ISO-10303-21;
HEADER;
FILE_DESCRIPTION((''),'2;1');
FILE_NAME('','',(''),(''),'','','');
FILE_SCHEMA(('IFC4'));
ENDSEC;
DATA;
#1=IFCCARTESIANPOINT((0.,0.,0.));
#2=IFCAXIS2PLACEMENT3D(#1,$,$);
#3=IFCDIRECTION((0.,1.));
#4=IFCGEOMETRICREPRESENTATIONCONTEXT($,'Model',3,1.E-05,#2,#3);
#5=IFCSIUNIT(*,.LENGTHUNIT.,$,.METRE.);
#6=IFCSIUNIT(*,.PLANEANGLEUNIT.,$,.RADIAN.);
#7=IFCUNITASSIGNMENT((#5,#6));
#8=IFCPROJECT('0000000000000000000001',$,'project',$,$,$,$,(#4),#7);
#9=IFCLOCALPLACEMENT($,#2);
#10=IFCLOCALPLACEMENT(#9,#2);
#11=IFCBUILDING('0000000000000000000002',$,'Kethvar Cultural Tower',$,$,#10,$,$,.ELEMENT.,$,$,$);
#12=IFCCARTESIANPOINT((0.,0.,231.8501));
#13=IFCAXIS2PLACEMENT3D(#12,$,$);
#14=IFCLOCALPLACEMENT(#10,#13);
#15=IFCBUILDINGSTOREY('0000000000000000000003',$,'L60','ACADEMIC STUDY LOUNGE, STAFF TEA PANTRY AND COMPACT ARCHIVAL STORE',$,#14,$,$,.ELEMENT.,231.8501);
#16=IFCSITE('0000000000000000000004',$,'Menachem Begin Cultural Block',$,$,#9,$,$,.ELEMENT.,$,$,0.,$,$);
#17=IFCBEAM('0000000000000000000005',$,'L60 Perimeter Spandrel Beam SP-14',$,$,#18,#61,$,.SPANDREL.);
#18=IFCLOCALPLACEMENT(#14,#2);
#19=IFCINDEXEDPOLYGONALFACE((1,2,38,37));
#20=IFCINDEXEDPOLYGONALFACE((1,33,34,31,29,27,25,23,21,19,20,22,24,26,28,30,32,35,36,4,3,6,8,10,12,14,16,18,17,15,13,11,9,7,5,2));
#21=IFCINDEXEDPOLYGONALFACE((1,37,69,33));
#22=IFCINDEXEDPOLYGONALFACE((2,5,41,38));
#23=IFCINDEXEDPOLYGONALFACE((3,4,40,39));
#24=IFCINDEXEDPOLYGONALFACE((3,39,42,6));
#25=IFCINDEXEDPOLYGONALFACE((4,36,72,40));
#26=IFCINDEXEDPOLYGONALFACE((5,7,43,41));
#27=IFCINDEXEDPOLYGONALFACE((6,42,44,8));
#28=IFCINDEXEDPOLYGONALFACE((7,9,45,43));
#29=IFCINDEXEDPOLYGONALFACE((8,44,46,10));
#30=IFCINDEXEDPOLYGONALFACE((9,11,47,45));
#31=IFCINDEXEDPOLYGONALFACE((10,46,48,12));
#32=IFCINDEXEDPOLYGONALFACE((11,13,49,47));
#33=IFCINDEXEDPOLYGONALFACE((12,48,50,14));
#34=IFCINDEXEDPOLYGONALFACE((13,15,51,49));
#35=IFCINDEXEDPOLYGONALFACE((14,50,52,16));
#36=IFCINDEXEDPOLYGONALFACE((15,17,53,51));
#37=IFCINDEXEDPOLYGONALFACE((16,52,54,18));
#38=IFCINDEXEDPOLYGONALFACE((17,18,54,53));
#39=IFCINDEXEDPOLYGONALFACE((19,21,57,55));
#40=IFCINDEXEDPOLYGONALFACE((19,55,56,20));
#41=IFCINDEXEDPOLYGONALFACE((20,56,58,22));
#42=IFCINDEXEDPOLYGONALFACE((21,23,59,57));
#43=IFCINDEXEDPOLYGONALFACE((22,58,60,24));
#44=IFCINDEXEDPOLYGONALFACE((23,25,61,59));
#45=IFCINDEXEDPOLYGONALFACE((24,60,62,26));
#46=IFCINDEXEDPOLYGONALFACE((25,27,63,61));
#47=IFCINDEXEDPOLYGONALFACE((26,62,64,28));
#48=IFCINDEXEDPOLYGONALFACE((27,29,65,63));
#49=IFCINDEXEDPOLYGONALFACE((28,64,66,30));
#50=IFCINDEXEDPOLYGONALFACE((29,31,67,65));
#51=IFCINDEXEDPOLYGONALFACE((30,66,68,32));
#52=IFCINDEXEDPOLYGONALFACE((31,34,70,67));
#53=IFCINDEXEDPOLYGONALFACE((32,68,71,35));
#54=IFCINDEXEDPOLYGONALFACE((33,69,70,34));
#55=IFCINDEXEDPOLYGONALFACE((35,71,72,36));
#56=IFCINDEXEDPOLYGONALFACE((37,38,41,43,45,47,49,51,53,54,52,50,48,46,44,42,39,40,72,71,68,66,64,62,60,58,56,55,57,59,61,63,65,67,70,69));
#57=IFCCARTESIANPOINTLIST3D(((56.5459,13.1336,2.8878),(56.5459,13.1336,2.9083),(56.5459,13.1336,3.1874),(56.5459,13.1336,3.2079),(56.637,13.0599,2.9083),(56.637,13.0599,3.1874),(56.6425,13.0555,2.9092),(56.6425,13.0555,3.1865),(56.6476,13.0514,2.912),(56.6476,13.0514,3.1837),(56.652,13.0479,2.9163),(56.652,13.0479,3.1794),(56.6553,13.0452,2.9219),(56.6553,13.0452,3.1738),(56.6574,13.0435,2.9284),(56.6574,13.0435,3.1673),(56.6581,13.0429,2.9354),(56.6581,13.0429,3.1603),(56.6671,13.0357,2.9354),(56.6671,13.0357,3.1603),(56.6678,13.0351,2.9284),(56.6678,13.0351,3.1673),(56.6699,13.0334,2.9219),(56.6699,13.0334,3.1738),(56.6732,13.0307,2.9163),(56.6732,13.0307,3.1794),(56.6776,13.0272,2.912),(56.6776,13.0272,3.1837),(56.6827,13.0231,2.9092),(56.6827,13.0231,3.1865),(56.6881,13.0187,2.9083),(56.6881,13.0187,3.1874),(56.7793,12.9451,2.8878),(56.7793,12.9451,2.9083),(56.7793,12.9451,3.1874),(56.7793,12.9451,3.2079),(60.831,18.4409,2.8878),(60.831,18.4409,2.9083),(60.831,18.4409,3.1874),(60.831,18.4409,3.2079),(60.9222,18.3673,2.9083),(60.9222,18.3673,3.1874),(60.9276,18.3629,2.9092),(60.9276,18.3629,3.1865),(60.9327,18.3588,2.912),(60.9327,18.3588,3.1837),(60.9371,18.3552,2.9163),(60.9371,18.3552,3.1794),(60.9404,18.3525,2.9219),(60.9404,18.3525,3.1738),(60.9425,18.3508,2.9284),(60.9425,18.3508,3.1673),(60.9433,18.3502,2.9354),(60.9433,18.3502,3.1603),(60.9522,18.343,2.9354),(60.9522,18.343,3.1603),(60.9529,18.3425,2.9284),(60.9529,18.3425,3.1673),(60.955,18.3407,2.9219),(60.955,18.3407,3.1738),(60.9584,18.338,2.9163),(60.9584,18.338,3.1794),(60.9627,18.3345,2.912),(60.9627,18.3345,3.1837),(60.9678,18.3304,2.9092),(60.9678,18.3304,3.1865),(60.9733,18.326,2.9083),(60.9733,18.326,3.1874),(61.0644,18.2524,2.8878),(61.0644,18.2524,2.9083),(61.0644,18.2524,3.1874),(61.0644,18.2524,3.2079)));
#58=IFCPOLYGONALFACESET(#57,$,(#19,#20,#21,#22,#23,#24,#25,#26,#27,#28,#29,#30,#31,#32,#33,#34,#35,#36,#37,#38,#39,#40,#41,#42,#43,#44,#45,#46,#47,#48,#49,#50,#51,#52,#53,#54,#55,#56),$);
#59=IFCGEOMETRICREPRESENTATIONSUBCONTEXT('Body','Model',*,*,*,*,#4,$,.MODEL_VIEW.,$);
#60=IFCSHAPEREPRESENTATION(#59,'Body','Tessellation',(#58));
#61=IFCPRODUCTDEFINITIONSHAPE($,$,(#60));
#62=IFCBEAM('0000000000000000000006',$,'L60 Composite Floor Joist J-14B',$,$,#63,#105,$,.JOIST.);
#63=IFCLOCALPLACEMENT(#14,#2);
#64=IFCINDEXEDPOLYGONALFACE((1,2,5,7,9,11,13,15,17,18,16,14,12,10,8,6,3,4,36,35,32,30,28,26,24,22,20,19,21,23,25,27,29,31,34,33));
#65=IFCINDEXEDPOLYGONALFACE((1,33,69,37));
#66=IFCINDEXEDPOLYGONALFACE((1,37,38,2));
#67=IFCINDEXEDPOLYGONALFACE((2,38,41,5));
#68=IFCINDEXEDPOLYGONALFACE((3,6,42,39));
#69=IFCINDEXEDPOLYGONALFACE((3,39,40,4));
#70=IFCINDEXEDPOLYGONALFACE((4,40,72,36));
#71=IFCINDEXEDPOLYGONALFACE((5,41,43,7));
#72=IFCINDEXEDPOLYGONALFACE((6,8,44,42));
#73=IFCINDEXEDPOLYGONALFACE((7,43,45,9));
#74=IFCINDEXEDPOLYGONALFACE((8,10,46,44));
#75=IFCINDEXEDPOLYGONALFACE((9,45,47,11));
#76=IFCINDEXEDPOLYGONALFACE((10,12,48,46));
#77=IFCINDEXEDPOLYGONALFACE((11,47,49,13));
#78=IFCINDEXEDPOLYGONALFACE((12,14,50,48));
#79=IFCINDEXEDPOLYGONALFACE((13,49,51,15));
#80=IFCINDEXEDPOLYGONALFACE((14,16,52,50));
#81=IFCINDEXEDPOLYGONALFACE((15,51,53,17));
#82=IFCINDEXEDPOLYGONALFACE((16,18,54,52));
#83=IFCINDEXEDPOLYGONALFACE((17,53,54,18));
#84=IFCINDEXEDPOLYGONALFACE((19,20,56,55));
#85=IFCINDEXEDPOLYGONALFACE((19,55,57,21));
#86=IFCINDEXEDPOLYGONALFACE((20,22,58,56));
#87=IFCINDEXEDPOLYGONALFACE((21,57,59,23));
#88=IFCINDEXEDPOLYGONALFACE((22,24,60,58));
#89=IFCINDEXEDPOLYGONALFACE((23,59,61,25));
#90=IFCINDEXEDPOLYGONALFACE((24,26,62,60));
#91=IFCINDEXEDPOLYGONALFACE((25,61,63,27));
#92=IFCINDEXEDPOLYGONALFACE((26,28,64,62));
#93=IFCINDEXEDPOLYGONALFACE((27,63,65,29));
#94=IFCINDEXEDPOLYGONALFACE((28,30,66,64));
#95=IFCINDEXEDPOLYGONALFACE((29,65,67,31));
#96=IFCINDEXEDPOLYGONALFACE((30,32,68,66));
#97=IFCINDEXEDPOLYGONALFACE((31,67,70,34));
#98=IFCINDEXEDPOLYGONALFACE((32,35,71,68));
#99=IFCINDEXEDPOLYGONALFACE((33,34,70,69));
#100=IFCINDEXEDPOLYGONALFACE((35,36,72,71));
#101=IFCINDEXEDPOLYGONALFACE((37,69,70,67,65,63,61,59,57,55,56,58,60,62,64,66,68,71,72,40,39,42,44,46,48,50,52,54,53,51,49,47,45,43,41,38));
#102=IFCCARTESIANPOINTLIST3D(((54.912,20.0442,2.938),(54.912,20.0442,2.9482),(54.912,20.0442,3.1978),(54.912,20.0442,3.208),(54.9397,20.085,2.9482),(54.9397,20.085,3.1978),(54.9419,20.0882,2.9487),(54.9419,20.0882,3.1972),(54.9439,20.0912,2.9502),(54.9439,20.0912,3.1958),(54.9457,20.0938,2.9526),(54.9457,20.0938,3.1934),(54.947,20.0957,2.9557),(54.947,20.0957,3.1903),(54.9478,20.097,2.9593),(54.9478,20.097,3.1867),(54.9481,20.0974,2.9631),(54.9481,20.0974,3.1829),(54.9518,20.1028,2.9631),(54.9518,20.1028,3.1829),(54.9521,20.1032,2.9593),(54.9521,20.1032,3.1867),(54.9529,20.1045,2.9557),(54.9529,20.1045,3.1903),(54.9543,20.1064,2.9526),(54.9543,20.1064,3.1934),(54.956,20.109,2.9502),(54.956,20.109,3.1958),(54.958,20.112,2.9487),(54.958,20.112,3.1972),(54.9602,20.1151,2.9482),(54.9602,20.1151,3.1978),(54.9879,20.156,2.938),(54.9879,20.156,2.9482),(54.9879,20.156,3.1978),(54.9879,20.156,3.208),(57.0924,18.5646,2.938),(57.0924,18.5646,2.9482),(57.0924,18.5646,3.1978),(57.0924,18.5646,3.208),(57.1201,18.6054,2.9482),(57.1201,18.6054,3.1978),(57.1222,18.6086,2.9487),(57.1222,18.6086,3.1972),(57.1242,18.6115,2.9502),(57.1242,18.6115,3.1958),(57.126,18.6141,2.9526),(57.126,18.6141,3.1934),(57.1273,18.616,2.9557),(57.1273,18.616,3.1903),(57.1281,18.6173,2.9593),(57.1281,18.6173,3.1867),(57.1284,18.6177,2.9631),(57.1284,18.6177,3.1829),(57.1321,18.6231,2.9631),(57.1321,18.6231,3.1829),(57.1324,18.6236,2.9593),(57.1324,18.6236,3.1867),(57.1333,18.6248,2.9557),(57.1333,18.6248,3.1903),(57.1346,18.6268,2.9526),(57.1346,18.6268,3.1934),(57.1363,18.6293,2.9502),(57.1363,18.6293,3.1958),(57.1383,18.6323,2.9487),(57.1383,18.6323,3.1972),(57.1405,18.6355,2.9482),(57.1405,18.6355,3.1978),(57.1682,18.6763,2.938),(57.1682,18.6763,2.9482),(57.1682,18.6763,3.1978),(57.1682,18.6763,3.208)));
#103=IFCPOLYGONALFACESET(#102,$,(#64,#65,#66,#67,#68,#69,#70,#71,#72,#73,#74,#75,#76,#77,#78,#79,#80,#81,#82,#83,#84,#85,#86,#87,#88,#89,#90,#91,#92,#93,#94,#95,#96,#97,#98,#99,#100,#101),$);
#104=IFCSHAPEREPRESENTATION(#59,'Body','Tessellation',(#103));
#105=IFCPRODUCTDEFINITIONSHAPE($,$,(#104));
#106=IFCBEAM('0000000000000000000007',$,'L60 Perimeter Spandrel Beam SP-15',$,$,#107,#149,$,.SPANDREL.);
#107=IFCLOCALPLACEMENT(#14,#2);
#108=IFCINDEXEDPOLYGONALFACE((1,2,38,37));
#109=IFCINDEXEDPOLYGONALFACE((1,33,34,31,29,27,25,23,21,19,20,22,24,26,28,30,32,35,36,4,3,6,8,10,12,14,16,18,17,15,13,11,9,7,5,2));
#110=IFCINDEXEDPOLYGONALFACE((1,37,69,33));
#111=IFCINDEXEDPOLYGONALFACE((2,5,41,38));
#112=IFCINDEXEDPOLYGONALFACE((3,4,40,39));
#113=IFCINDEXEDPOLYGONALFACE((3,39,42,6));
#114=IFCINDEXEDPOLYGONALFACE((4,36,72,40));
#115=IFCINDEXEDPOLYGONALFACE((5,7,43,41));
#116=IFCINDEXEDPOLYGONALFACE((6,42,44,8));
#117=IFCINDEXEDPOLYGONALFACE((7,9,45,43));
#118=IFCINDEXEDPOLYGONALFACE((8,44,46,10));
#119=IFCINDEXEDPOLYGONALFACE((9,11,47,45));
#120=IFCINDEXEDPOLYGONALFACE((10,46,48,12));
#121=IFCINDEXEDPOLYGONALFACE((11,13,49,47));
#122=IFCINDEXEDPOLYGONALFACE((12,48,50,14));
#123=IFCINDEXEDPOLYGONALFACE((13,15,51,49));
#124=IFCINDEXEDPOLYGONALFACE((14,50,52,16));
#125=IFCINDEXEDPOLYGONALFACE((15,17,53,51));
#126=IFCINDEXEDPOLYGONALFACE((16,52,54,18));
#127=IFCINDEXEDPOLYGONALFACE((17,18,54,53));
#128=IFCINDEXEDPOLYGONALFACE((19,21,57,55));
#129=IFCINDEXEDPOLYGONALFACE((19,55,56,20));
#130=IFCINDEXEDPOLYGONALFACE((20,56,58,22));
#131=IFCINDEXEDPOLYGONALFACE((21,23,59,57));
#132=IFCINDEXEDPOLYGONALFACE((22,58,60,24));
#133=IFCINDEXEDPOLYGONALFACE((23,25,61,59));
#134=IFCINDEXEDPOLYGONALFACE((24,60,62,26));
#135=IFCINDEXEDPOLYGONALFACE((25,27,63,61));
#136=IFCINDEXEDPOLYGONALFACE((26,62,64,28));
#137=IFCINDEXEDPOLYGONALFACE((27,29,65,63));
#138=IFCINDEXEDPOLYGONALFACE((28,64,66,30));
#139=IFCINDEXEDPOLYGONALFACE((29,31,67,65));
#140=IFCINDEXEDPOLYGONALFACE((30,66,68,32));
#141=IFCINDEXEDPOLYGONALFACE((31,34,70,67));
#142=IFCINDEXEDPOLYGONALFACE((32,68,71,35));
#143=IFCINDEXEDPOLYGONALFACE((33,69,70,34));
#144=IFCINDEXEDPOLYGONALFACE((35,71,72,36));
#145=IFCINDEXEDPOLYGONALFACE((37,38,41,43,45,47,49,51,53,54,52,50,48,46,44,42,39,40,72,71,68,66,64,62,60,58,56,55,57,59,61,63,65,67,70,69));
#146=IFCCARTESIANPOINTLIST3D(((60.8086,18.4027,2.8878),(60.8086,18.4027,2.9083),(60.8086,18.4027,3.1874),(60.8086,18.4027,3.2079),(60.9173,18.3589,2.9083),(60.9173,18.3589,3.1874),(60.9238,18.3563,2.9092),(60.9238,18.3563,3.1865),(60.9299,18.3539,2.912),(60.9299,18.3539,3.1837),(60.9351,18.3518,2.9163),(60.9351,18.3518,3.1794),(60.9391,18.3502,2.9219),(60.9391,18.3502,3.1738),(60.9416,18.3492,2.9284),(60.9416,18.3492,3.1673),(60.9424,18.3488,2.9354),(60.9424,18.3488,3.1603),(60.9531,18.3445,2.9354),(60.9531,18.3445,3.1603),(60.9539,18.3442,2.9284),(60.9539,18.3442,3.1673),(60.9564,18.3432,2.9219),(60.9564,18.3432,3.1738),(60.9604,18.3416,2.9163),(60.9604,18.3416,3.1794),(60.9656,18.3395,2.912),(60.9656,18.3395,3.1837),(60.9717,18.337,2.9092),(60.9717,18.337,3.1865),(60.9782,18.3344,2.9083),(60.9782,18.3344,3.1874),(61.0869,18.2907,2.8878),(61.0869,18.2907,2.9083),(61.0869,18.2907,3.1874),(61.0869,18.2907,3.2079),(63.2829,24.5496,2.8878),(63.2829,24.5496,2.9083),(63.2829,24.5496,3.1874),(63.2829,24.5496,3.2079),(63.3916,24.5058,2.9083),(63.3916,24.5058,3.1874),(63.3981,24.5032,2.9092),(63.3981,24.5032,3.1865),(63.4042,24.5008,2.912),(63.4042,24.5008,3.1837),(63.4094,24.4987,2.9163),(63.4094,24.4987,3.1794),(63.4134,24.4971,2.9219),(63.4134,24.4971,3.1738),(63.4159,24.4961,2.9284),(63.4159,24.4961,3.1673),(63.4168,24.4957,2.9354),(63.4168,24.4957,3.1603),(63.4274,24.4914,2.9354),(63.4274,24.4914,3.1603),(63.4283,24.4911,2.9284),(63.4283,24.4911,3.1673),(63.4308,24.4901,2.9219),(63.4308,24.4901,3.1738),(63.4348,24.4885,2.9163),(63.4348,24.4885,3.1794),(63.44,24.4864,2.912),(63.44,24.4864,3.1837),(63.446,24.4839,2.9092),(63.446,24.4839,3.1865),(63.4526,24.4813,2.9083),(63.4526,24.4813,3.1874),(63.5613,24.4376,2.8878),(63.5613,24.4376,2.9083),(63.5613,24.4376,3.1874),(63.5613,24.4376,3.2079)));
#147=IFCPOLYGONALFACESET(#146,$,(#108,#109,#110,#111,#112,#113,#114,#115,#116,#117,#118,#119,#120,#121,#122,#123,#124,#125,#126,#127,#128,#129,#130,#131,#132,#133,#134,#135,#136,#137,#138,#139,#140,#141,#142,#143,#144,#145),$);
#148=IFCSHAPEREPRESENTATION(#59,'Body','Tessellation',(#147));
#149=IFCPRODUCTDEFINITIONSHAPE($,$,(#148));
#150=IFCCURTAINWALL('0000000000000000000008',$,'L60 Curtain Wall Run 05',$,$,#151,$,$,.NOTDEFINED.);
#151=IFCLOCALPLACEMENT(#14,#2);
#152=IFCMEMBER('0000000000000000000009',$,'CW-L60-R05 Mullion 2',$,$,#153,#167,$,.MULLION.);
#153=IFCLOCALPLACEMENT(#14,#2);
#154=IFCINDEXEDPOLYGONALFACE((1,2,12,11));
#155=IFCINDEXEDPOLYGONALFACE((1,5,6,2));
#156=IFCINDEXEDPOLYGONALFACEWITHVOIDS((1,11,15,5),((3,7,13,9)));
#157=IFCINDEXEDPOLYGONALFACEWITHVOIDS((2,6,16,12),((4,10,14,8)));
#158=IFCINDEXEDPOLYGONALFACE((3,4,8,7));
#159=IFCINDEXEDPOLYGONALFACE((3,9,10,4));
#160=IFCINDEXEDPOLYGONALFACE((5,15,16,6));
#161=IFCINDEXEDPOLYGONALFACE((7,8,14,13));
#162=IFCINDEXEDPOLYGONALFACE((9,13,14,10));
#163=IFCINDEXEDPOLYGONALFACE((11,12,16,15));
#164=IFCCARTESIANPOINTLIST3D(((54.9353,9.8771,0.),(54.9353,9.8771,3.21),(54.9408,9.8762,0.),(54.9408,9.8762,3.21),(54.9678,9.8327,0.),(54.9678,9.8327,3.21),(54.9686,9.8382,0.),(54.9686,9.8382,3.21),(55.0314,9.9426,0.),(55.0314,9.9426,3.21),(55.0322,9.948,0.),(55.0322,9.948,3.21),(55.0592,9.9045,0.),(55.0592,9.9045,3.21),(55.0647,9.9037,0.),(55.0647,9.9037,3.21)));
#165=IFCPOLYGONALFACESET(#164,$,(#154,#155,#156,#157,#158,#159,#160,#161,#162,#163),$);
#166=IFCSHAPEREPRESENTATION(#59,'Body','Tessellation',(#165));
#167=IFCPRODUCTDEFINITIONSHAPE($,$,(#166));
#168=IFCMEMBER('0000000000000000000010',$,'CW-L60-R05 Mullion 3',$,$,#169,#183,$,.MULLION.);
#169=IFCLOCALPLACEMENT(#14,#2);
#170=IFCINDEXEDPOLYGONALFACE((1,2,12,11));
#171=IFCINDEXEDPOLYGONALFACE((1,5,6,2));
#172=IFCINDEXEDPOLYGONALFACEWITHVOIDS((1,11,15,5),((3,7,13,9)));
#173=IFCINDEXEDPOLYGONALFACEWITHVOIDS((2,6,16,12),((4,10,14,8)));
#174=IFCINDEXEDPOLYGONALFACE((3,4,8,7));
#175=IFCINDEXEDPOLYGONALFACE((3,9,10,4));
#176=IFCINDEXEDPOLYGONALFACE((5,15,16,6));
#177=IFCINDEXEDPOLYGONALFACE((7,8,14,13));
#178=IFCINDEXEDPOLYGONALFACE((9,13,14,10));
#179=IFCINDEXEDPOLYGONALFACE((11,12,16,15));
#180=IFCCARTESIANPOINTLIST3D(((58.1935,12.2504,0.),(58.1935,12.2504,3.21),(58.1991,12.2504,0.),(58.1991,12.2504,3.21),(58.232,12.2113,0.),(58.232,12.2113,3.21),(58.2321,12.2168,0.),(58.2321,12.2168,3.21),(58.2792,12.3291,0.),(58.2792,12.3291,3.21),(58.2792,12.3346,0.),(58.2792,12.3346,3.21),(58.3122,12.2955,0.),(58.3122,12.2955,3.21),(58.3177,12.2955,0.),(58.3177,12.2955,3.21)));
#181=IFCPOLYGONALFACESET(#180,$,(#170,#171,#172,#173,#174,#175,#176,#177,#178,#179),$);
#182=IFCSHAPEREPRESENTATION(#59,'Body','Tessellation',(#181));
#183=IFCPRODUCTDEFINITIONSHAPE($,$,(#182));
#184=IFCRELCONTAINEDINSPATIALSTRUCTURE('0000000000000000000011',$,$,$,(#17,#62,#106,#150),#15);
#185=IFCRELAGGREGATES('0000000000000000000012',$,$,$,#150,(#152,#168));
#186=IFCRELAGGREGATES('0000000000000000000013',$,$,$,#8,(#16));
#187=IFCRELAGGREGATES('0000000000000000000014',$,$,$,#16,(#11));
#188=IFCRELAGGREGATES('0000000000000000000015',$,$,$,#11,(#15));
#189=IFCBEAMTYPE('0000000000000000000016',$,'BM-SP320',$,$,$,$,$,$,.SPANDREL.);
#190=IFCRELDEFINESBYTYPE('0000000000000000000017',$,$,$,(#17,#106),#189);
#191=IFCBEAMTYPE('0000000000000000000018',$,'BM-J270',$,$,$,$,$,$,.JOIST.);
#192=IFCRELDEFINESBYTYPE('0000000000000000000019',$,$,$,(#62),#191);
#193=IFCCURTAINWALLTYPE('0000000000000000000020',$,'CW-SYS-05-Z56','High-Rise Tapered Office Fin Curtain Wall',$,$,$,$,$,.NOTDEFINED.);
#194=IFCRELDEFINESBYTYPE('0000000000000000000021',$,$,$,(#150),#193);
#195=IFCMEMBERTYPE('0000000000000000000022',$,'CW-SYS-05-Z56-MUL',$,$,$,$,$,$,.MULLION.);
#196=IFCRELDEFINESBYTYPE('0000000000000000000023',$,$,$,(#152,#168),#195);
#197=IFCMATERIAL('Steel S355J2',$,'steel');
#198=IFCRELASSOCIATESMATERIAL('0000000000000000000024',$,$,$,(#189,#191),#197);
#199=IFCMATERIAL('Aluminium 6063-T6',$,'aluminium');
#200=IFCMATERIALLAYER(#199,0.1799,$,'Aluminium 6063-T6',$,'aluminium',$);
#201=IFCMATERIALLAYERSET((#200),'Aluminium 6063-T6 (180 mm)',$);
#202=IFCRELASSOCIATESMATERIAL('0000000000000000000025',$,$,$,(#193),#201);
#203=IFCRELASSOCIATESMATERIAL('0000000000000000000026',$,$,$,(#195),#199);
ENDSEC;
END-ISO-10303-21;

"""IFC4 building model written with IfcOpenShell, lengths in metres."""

from ifc_helpers import new_model, si_unit, direction, frame, origin, origin_2d, place, context, subcontext, project, spatial, hollow_rectangle, i_section, extrude, source, transform, mapped, material, layer, layer_set, material_profile, profile_set, type_object, element, aggregate, save


model = new_model("IFC4")

# Units and contexts
model_context = context("Model", 3, precision=1e-05, world=origin(), true_north=direction((0.0, 1.0)))
body_context = subcontext(model_context, "Body", "Model", "MODEL_VIEW")
ifc_project = project(units=[si_unit("LENGTHUNIT", "METRE"), si_unit("PLANEANGLEUNIT", "RADIAN")], contexts=[model_context])

# Site, building, storey
site_placement = place(None, origin())
site = spatial("IfcSite", under=ifc_project, at=site_placement, Name="Menachem Begin Cultural Block", CompositionType="ELEMENT", RefElevation=0.0)
building_placement = place(site_placement, origin())
building = spatial("IfcBuilding", under=site, at=building_placement, Name="Kethvar Cultural Tower", CompositionType="ELEMENT")
storey_placement = place(building_placement, frame((0.0, 0.0, 231.8501)))
storey = spatial("IfcBuildingStorey", under=building, at=storey_placement, Name="L60", Description="ACADEMIC STUDY LOUNGE, STAFF TEA PANTRY AND COMPACT ARCHIVAL STORE", CompositionType="ELEMENT", Elevation=231.8501)

# Beams
ifc_material_1 = material(Name="Steel S355J2", Category="steel")
ifc_material_profile_1 = material_profile(ifc_material_1, i_section(OverallWidth=0.3, OverallDepth=0.3201, WebThickness=0.0115, FlangeThickness=0.0205, FilletRadius=0.0271, at=origin_2d()), Name="Steel S355J2 — HEB320")
ifc_profile_set_1 = profile_set([ifc_material_profile_1], Name="Steel S355J2 — HEB320")
beam_type_1 = type_object("IfcBeamType", Name="BM-SP320", PredefinedType="SPANDREL", material=ifc_profile_set_1)
shared_shape_1 = source(origin(), body_context, "Body", "SweptSolid", [
    extrude(i_section(OverallWidth=0.3, OverallDepth=0.3201, WebThickness=0.0115, FlangeThickness=0.0205, FilletRadius=0.0271, at=origin_2d()), origin(), (0.0, 0.0, 1.0), 6.8213),
])
beam_1_placement = place(storey_placement, frame((56.6626, 13.0393, 3.0479), z_axis=(0.628198, 0.778054, 0.0), x_axis=(-0.778054, 0.628198, 0.0)))
element("IfcBeam", 1, at=beam_1_placement, inside=storey, type_object=beam_type_1, Name="L60 Perimeter Spandrel Beam SP-14", PredefinedType="SPANDREL", context=body_context, shape_type="MappedRepresentation", body=[
    mapped(shared_shape_1, transform((0.0, 0.0, 0.0), scale=1.0)),
])
ifc_material_profile_2 = material_profile(ifc_material_1, i_section(OverallWidth=0.135, OverallDepth=0.27, WebThickness=0.0066, FlangeThickness=0.0103, FilletRadius=0.0149, at=origin_2d()), Name="Steel S355J2 — IPE270")
ifc_profile_set_2 = profile_set([ifc_material_profile_2], Name="Steel S355J2 — IPE270")
beam_type_2 = type_object("IfcBeamType", Name="BM-J270", PredefinedType="JOIST", material=ifc_profile_set_2)
shared_shape_2 = source(origin(), body_context, "Body", "SweptSolid", [
    extrude(i_section(OverallWidth=0.135, OverallDepth=0.27, WebThickness=0.0066, FlangeThickness=0.0103, FilletRadius=0.0149, at=origin_2d()), origin(), (0.0, 0.0, 1.0), 2.635),
])
beam_2_placement = place(storey_placement, frame((54.95, 20.1001, 3.073), z_axis=(0.827447, -0.561544, 0.0), x_axis=(0.561544, 0.827447, 0.0)))
element("IfcBeam", 2, at=beam_2_placement, inside=storey, type_object=beam_type_2, Name="L60 Composite Floor Joist J-14B", PredefinedType="JOIST", context=body_context, shape_type="MappedRepresentation", body=[
    mapped(shared_shape_2, transform((0.0, 0.0, 0.0), scale=1.0)),
])
shared_shape_3 = source(origin(), body_context, "Body", "SweptSolid", [
    extrude(i_section(OverallWidth=0.3, OverallDepth=0.3201, WebThickness=0.0115, FlangeThickness=0.0205, FilletRadius=0.0271, at=origin_2d()), origin(), (0.0, 0.0, 1.0), 6.6262),
])
beam_3_placement = place(storey_placement, frame((60.9478, 18.3467, 3.0479), z_axis=(0.373416, 0.927664, 0.0), x_axis=(-0.927664, 0.373416, 0.0)))
element("IfcBeam", 3, at=beam_3_placement, inside=storey, type_object=beam_type_1, Name="L60 Perimeter Spandrel Beam SP-15", PredefinedType="SPANDREL", context=body_context, shape_type="MappedRepresentation", body=[
    mapped(shared_shape_3, transform((0.0, 0.0, 0.0), scale=1.0)),
])

# Curtain wall, members
ifc_material_2 = material(Name="Aluminium 6063-T6", Category="aluminium")
ifc_layer_1 = layer(ifc_material_2, 0.1799, Name="Aluminium 6063-T6", Category="aluminium")
ifc_layer_set_1 = layer_set([ifc_layer_1], Name="Aluminium 6063-T6 (180 mm)")
curtain_wall_type = type_object("IfcCurtainWallType", Name="CW-SYS-05-Z56", Description="High-Rise Tapered Office Fin Curtain Wall", PredefinedType="NOTDEFINED", material=ifc_layer_set_1)
curtain_wall_placement = place(storey_placement, origin())
curtain_wall = element("IfcCurtainWall", 4, at=curtain_wall_placement, inside=storey, type_object=curtain_wall_type, Name="L60 Curtain Wall Run 05", PredefinedType="NOTDEFINED")
ifc_material_profile_3 = material_profile(ifc_material_2, hollow_rectangle(XDim=0.0549, YDim=0.1201, WallThickness=0.0039, at=origin_2d()), Name="Aluminium 6063-T6 — RHS120x55x4")
ifc_profile_set_3 = profile_set([ifc_material_profile_3], Name="Aluminium 6063-T6 — RHS120x55x4")
member_type_1 = type_object("IfcMemberType", Name="CW-SYS-05-Z56-MUL", PredefinedType="MULLION", material=ifc_profile_set_3)
shared_shape_4 = source(origin(), body_context, "Body", "SweptSolid", [
    extrude(hollow_rectangle(XDim=0.0549, YDim=0.1201, WallThickness=0.0039, at=origin_2d()), origin(), (0.0, 0.0, 1.0), 3.21),
])
member_1_placement = place(storey_placement, frame((55.0, 9.8904, 0.0), z_axis=(0.0, 0.0, 1.0), x_axis=(-0.590775, 0.806837, 0.0)))
member_1 = element("IfcMember", 5, at=member_1_placement, type_object=member_type_1, Name="CW-L60-R05 Mullion 2", PredefinedType="MULLION", context=body_context, shape_type="MappedRepresentation", body=[
    mapped(shared_shape_4, transform((0.0, 0.0, 0.0), scale=1.0)),
])
member_2_placement = place(storey_placement, frame((58.2556, 12.2729, 0.0), z_axis=(0.0, 0.0, 1.0), x_axis=(-0.700897, 0.713263, 0.0)))
member_2 = element("IfcMember", 6, at=member_2_placement, type_object=member_type_1, Name="CW-L60-R05 Mullion 3", PredefinedType="MULLION", context=body_context, shape_type="MappedRepresentation", body=[
    mapped(shared_shape_4, transform((0.0, 0.0, 0.0), scale=1.0)),
])
aggregate(curtain_wall, [member_1, member_2])

save(model, "model.ifc")
